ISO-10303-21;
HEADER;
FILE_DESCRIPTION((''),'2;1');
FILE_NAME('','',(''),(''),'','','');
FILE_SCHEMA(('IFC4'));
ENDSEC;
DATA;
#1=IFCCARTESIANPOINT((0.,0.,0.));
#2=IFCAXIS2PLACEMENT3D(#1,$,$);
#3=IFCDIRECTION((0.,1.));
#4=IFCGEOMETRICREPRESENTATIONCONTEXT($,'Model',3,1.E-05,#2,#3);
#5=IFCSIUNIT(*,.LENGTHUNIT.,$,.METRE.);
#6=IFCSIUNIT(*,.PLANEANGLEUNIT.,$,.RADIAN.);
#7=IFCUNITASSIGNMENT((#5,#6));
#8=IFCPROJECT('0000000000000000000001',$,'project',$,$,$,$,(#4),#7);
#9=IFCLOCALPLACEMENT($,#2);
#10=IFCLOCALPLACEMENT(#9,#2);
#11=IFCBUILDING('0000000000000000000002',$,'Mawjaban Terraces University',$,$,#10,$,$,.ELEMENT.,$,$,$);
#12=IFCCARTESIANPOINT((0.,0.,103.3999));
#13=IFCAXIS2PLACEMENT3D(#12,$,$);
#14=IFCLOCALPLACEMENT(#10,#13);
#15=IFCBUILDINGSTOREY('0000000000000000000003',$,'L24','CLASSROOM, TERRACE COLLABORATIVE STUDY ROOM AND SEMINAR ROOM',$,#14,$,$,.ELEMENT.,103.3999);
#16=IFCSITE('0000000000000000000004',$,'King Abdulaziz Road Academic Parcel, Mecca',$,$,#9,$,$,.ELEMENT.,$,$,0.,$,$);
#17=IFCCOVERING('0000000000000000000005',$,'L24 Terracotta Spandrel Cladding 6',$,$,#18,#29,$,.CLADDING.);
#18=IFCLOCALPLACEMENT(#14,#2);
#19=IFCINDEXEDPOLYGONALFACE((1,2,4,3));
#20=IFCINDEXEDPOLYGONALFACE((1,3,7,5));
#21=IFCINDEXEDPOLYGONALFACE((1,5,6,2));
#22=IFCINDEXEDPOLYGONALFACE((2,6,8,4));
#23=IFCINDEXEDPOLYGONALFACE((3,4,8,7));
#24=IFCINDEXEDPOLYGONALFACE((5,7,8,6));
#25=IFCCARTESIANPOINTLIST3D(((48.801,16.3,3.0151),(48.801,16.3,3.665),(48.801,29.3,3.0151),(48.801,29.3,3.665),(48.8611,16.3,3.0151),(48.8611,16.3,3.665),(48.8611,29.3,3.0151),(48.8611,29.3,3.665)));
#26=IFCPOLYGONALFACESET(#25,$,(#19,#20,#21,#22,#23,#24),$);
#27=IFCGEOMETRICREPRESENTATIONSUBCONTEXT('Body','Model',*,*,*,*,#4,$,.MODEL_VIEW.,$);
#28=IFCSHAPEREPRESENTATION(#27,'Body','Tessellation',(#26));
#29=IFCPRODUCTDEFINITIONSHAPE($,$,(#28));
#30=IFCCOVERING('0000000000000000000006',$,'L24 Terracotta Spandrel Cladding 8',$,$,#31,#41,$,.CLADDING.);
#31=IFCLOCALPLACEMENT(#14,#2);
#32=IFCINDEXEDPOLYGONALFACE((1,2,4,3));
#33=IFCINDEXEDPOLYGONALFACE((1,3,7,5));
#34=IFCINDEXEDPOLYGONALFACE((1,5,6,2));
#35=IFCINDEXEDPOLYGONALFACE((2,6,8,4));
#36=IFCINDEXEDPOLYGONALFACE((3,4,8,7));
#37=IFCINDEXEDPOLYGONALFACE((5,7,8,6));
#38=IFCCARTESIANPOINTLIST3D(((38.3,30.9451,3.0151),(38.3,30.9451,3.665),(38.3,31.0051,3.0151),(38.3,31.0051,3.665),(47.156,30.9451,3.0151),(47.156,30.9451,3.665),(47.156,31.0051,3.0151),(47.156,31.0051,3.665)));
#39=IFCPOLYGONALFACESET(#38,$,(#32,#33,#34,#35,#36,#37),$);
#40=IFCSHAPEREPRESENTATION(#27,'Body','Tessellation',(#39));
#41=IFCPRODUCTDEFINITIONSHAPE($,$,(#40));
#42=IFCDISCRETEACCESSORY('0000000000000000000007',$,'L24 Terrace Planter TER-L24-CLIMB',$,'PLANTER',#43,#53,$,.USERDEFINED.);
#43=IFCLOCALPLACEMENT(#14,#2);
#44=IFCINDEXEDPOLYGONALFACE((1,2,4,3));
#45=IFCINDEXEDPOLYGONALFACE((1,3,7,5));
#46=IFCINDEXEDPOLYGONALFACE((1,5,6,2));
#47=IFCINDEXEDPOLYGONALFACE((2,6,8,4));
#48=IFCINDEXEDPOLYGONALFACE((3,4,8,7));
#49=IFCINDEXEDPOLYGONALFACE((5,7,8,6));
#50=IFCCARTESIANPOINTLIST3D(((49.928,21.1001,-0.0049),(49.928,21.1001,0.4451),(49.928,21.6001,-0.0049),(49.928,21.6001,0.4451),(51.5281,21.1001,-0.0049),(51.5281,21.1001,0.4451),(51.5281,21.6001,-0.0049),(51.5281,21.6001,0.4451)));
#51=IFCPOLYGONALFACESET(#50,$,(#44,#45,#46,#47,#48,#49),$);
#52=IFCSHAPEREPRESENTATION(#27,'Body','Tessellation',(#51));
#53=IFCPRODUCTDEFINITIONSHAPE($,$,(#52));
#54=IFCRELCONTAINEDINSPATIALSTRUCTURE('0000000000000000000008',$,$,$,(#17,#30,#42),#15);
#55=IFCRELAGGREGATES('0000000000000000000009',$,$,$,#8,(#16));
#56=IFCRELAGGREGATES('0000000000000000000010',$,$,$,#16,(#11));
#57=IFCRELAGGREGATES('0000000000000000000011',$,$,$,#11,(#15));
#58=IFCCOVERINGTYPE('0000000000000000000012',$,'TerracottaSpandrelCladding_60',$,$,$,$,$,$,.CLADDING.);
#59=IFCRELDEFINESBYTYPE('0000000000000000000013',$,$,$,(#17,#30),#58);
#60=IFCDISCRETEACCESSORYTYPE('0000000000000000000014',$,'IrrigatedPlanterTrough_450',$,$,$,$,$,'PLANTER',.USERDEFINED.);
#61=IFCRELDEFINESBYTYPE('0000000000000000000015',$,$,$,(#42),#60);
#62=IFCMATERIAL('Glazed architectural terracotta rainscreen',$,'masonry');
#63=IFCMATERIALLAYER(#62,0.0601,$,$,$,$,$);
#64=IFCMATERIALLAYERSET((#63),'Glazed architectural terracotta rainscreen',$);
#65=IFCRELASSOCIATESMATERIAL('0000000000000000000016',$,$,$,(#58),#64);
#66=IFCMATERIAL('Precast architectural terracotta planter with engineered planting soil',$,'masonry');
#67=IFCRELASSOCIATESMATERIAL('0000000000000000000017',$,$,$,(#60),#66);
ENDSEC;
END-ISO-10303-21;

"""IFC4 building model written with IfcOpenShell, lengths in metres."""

from ifc_helpers import new_model, si_unit, direction, frame, origin, origin_2d, place, context, subcontext, project, spatial, rectangle, extrude, material, layer, layer_set, type_object, element, save


model = new_model("IFC4")

# Units and contexts
model_context = context("Model", 3, precision=1e-05, world=origin(), true_north=direction((0.0, 1.0)))
body_context = subcontext(model_context, "Body", "Model", "MODEL_VIEW")
ifc_project = project(units=[si_unit("LENGTHUNIT", "METRE"), si_unit("PLANEANGLEUNIT", "RADIAN")], contexts=[model_context])

# Site, building, storey
site_placement = place(None, origin())
site = spatial("IfcSite", under=ifc_project, at=site_placement, Name="King Abdulaziz Road Academic Parcel, Mecca", CompositionType="ELEMENT", RefElevation=0.0)
building_placement = place(site_placement, origin())
building = spatial("IfcBuilding", under=site, at=building_placement, Name="Mawjaban Terraces University", CompositionType="ELEMENT")
storey_placement = place(building_placement, frame((0.0, 0.0, 103.3999)))
storey = spatial("IfcBuildingStorey", under=building, at=storey_placement, Name="L24", Description="CLASSROOM, TERRACE COLLABORATIVE STUDY ROOM AND SEMINAR ROOM", CompositionType="ELEMENT", Elevation=103.3999)

# Coverings
ifc_material_1 = material(Name="Glazed architectural terracotta rainscreen", Category="masonry")
ifc_layer_1 = layer(ifc_material_1, 0.0601)
ifc_layer_set_1 = layer_set([ifc_layer_1], Name="Glazed architectural terracotta rainscreen")
covering_type = type_object("IfcCoveringType", Name="TerracottaSpandrelCladding_60", PredefinedType="CLADDING", material=ifc_layer_set_1)
covering_1_placement = place(storey_placement, frame((48.8311, 22.8, 3.0151), z_axis=(0.0, 0.0, 1.0), x_axis=(0.0, 1.0, 0.0)))
element("IfcCovering", 1, at=covering_1_placement, inside=storey, type_object=covering_type, Name="L24 Terracotta Spandrel Cladding 6", PredefinedType="CLADDING", context=body_context, shape_type="SweptSolid", body=[
    extrude(rectangle(XDim=13.0, YDim=0.0601, at=origin_2d()), origin(), (0.0, 0.0, 1.0), 0.6499),
])
covering_2_placement = place(storey_placement, frame((42.728, 30.9751, 3.0151), z_axis=(0.0, 0.0, 1.0), x_axis=(-1.0, 0.0, 0.0)))
element("IfcCovering", 2, at=covering_2_placement, inside=storey, type_object=covering_type, Name="L24 Terracotta Spandrel Cladding 8", PredefinedType="CLADDING", context=body_context, shape_type="SweptSolid", body=[
    extrude(rectangle(XDim=8.856, YDim=0.0601, at=origin_2d()), origin(), (0.0, 0.0, 1.0), 0.6499),
])

# Discrete accessory
ifc_material_2 = material(Name="Precast architectural terracotta planter with engineered planting soil", Category="masonry")
discrete_accessory_type = type_object("IfcDiscreteAccessoryType", Name="IrrigatedPlanterTrough_450", ElementType="PLANTER", PredefinedType="USERDEFINED", material=ifc_material_2)
discrete_accessory_placement = place(storey_placement, frame((50.728, 21.3501, -0.0049), z_axis=(0.0, 0.0, 1.0), x_axis=(1.0, 0.0, 0.0)))
element("IfcDiscreteAccessory", 3, at=discrete_accessory_placement, inside=storey, type_object=discrete_accessory_type, Name="L24 Terrace Planter TER-L24-CLIMB", ObjectType="PLANTER", PredefinedType="USERDEFINED", context=body_context, shape_type="SweptSolid", body=[
    extrude(rectangle(XDim=1.6001, YDim=0.5, at=origin_2d()), origin(), (0.0, 0.0, 1.0), 0.45),
])

save(model, "model.ifc")
